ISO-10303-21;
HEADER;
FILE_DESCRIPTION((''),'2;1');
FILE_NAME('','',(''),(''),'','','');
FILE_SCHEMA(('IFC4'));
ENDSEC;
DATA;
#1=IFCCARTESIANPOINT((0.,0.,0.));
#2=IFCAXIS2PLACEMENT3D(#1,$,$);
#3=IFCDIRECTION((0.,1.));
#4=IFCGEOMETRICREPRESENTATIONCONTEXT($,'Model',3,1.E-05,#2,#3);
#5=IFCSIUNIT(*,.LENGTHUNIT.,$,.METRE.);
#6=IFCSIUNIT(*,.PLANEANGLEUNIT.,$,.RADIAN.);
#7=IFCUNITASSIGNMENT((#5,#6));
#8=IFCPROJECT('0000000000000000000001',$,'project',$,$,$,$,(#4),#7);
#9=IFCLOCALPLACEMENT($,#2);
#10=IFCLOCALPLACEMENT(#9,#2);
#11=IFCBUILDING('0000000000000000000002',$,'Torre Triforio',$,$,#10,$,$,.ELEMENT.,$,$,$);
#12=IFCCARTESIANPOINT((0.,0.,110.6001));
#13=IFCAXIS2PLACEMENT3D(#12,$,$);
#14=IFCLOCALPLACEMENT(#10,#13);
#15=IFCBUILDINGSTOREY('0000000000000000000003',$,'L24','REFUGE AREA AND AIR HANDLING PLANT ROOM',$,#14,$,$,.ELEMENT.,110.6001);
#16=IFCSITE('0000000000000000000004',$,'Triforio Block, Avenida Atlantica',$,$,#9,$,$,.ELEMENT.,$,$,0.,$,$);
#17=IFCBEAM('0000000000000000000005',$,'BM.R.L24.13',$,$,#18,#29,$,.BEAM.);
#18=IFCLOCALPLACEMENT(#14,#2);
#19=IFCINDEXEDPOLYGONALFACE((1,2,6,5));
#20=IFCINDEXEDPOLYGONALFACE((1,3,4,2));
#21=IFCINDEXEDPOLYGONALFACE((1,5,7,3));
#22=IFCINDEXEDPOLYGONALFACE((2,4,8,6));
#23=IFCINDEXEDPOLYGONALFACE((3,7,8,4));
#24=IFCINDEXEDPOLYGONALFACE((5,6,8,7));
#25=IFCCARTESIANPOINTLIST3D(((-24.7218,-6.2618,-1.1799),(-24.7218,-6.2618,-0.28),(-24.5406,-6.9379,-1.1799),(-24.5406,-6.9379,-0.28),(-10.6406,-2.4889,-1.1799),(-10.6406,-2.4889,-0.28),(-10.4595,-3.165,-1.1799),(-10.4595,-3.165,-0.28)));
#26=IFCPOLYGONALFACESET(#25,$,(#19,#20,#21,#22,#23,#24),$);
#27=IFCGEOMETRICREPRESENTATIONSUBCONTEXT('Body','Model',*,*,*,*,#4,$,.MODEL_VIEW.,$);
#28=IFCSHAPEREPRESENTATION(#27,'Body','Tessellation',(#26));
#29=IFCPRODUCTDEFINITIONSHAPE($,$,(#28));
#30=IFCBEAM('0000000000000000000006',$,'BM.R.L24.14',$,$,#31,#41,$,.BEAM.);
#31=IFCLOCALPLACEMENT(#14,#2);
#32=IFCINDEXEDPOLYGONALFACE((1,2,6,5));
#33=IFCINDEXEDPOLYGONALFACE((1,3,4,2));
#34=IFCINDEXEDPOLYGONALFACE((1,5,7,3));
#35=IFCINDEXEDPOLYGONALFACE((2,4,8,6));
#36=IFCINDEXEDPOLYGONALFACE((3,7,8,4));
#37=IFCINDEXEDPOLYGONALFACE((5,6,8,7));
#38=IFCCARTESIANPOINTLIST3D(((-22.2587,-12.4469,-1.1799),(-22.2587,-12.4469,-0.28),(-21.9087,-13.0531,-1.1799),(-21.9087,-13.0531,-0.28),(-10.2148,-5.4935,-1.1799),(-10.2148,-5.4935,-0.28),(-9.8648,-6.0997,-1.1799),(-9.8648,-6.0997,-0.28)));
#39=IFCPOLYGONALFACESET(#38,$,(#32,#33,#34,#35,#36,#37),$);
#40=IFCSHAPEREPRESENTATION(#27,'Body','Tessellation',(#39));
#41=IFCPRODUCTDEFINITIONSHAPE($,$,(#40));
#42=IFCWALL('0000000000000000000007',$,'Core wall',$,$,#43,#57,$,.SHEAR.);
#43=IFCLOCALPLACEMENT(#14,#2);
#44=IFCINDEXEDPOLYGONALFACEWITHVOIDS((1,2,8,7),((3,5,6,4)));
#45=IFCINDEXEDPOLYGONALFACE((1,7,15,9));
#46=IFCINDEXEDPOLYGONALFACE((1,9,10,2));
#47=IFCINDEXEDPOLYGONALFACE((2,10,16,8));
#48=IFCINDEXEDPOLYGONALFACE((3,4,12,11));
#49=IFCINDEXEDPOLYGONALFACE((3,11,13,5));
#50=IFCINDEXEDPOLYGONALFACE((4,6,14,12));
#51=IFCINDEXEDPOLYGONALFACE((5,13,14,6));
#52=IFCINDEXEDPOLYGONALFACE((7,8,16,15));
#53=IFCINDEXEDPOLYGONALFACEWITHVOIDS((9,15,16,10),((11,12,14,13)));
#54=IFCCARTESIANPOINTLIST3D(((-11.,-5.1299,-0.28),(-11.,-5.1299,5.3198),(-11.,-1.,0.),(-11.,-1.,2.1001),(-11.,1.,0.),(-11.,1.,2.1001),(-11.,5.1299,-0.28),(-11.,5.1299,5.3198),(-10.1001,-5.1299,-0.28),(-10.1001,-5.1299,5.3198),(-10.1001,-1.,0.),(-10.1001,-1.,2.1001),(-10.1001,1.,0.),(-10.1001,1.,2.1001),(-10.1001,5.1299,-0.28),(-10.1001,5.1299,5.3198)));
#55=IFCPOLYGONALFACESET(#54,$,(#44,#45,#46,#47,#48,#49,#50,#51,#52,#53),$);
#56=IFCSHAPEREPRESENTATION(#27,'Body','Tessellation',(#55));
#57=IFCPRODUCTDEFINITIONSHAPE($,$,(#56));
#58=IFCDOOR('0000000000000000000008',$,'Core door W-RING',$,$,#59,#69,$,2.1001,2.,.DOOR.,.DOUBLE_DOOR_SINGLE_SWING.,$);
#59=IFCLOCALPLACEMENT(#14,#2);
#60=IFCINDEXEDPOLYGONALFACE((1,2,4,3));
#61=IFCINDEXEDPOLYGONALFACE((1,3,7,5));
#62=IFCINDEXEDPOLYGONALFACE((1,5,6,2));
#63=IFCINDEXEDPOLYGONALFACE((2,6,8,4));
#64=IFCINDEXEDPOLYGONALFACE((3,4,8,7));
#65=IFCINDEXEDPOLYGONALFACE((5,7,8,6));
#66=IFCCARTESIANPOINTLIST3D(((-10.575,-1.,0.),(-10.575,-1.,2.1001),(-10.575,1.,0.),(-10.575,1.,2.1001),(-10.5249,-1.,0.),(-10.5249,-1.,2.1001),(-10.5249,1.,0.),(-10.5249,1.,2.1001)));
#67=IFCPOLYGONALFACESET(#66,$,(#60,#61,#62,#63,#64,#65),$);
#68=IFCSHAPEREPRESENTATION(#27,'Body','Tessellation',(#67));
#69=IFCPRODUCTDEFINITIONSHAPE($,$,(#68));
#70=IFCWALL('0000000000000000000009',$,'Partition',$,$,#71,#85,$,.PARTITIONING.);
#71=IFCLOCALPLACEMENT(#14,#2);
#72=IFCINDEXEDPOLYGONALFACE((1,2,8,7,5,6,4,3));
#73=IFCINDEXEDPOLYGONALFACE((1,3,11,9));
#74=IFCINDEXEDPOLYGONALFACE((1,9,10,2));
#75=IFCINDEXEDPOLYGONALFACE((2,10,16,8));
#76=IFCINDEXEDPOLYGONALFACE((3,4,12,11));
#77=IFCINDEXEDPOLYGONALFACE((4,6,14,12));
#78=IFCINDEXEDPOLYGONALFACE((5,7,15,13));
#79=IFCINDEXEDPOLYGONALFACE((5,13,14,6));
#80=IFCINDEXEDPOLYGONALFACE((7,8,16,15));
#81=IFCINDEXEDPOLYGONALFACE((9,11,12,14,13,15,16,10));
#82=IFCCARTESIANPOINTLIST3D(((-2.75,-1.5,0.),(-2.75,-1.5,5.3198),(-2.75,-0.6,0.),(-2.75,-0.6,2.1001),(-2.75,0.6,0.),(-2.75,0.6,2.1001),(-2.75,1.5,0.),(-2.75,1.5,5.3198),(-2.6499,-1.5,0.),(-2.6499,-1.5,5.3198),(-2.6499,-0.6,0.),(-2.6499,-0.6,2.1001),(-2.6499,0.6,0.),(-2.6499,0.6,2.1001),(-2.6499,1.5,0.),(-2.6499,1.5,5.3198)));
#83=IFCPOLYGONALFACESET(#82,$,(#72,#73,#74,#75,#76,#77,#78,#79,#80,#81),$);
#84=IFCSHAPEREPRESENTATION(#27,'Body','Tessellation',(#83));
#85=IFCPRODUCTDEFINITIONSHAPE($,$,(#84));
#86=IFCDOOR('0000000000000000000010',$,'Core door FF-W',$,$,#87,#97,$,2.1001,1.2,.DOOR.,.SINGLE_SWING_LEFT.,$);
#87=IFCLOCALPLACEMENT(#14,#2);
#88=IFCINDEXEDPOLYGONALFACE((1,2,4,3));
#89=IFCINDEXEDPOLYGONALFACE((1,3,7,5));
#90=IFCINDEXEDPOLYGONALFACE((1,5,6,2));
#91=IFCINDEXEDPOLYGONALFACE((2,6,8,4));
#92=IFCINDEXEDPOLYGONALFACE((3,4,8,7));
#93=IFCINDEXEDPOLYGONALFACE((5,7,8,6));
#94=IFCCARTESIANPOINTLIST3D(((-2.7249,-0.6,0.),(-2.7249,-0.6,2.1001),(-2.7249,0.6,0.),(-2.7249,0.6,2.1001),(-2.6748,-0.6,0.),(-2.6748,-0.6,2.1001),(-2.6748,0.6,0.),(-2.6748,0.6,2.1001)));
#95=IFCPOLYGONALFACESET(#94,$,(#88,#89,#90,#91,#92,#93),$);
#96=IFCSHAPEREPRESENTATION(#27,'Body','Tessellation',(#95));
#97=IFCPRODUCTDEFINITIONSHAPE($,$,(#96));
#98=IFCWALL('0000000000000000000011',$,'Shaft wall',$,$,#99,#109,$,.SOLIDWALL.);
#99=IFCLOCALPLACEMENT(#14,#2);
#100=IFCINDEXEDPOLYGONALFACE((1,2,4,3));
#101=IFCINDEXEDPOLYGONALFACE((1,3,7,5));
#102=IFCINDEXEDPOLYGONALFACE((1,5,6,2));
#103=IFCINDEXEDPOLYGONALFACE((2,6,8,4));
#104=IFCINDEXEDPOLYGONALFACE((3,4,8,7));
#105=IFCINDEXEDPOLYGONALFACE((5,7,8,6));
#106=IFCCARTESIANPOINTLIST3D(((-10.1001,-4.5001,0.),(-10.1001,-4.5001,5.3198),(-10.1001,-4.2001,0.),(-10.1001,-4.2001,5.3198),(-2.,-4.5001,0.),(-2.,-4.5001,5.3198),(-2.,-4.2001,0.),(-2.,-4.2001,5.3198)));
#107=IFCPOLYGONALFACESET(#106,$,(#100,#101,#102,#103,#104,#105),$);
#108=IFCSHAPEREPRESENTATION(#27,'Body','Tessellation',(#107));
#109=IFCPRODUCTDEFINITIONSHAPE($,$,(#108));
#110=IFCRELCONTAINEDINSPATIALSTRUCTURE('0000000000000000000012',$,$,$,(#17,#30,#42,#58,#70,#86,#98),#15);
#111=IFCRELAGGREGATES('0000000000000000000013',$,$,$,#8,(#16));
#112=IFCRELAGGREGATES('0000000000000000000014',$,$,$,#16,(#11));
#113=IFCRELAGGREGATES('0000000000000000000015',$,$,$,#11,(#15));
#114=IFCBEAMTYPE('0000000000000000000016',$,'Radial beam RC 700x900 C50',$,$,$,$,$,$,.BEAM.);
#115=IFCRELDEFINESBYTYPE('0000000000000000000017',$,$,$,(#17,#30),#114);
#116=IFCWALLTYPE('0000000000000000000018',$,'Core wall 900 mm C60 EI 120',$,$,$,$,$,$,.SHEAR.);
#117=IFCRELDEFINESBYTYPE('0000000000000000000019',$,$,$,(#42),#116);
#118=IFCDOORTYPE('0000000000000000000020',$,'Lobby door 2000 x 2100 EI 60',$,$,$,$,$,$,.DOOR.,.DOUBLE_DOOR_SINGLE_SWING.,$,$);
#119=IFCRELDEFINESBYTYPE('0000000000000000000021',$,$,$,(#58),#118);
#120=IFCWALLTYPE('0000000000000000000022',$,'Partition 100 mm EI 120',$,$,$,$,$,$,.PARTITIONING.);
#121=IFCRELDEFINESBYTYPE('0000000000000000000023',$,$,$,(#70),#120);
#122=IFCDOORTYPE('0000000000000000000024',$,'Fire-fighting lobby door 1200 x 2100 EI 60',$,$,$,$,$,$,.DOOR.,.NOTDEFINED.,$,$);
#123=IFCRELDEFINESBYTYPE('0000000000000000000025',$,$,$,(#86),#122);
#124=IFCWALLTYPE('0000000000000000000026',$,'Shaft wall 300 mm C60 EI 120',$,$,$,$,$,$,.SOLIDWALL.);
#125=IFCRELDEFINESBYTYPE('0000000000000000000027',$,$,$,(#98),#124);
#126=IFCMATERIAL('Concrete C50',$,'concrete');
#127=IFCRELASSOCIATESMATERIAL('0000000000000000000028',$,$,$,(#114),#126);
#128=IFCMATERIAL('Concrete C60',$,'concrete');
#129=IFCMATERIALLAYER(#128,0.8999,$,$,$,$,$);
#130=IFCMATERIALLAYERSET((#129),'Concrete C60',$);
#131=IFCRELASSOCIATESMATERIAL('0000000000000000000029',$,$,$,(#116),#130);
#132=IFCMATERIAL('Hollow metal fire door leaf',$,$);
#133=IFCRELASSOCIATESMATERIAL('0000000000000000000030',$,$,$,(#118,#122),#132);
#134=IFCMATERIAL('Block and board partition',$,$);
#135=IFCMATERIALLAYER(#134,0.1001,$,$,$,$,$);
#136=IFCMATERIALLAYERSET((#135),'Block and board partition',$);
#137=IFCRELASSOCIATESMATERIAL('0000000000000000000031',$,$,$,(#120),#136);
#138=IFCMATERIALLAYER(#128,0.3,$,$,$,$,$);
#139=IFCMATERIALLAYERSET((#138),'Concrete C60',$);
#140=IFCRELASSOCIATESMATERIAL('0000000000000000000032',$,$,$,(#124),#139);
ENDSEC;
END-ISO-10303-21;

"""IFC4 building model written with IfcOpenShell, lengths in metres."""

from ifc_helpers import new_model, si_unit, direction, frame, frame_2d, origin, origin_2d, place, context, subcontext, project, spatial, rectangle, extrude, material, layer, layer_set, material_profile, profile_set, type_object, element, fill, save


model = new_model("IFC4")

# Units and contexts
model_context = context("Model", 3, precision=1e-05, world=origin(), true_north=direction((0.0, 1.0)))
body_context = subcontext(model_context, "Body", "Model", "MODEL_VIEW")
ifc_project = project(units=[si_unit("LENGTHUNIT", "METRE"), si_unit("PLANEANGLEUNIT", "RADIAN")], contexts=[model_context])

# Site, building, storey
site_placement = place(None, origin())
site = spatial("IfcSite", under=ifc_project, at=site_placement, Name="Triforio Block, Avenida Atlantica", CompositionType="ELEMENT", RefElevation=0.0)
building_placement = place(site_placement, origin())
building = spatial("IfcBuilding", under=site, at=building_placement, Name="Torre Triforio", CompositionType="ELEMENT")
storey_placement = place(building_placement, frame((0.0, 0.0, 110.6001)))
storey = spatial("IfcBuildingStorey", under=building, at=storey_placement, Name="L24", Description="REFUGE AREA AND AIR HANDLING PLANT ROOM", CompositionType="ELEMENT", Elevation=110.6001)

# Beams
ifc_material_1 = material(Name="Concrete C50", Category="concrete")
ifc_material_profile = material_profile(ifc_material_1, rectangle(XDim=0.7, YDim=0.8999, at=origin_2d()), Name="RC 700x900")
ifc_profile_set = profile_set([ifc_material_profile], Name="Concrete C50")
beam_type = type_object("IfcBeamType", Name="Radial beam RC 700x900 C50", PredefinedType="BEAM", material=ifc_profile_set)
beam_1_placement = place(storey_placement, frame((-10.55, -2.8269, -0.73), z_axis=(-0.965927, -0.258815, 0.0), x_axis=(0.258815, -0.965927, 0.0)))
element("IfcBeam", 1, at=beam_1_placement, inside=storey, type_object=beam_type, Name="BM.R.L24.13", PredefinedType="BEAM", context=body_context, shape_type="SweptSolid", body=[
    extrude(rectangle(XDim=0.7, YDim=0.8999, at=origin_2d()), origin(), (0.0, 0.0, 1.0), 14.5779),
])
beam_2_placement = place(storey_placement, frame((-10.0398, -5.7966, -0.73), z_axis=(-0.866032, -0.499989, 0.0), x_axis=(0.499989, -0.866032, 0.0)))
element("IfcBeam", 2, at=beam_2_placement, inside=storey, type_object=beam_type, Name="BM.R.L24.14", PredefinedType="BEAM", context=body_context, shape_type="SweptSolid", body=[
    extrude(rectangle(XDim=0.7, YDim=0.8999, at=origin_2d()), origin(), (0.0, 0.0, 1.0), 13.907),
])

# Walls, openings, doors
ifc_material_2 = material(Name="Concrete C60", Category="concrete")
ifc_layer_1 = layer(ifc_material_2, 0.8999)
ifc_layer_set_1 = layer_set([ifc_layer_1], Name="Concrete C60")
wall_type_1 = type_object("IfcWallType", Name="Core wall 900 mm C60 EI 120", PredefinedType="SHEAR", material=ifc_layer_set_1)
wall_1_placement = place(storey_placement, frame((-10.55, -5.1299, -0.28), z_axis=(0.0, 0.0, 1.0), x_axis=(0.0, 1.0, 0.0)))
wall_1 = element("IfcWall", 3, at=wall_1_placement, inside=storey, type_object=wall_type_1, Name="Core wall", PredefinedType="SHEAR", context=body_context, shape_type="SweptSolid", body=[
    extrude(rectangle(XDim=10.2598, YDim=0.8999, at=frame_2d((5.1299, 0.0))), origin(), (0.0, 0.0, 1.0), 5.5999),
])
opening_1_placement = place(wall_1_placement, frame((4.1299, 0.0, 0.28)))
opening_1 = element("IfcOpeningElement", 4, at=opening_1_placement, cuts=wall_1, PredefinedType="OPENING", context=body_context, shape_type="SweptSolid", body=[
    extrude(rectangle(XDim=2.0, YDim=2.1001, at=frame_2d((1.0, 1.05))), frame((0.0, 0.46, 0.0), z_axis=(0.0, -1.0, 0.0), x_axis=(1.0, 0.0, 0.0)), (0.0, 0.0, 1.0), 0.9199),
])
ifc_material_3 = material(Name="Hollow metal fire door leaf")
door_type_1 = type_object("IfcDoorType", Name="Lobby door 2000 x 2100 EI 60", OperationType="DOUBLE_DOOR_SINGLE_SWING", PredefinedType="DOOR", material=ifc_material_3)
door_1_placement = place(opening_1_placement, origin())
door_1 = element("IfcDoor", 5, at=door_1_placement, inside=storey, type_object=door_type_1, Name="Core door W-RING", OperationType="DOUBLE_DOOR_SINGLE_SWING", OverallHeight=2.1001, OverallWidth=2.0, PredefinedType="DOOR", context=body_context, shape_type="SweptSolid", body=[
    extrude(rectangle(XDim=2.0, YDim=2.1001, at=frame_2d((1.0, 1.05))), frame((0.0, 0.0249, 0.0), z_axis=(0.0, -1.0, 0.0), x_axis=(1.0, 0.0, 0.0)), (0.0, 0.0, 1.0), 0.05),
])
fill(opening_1, door_1)
ifc_material_4 = material(Name="Block and board partition")
ifc_layer_2 = layer(ifc_material_4, 0.1001)
ifc_layer_set_2 = layer_set([ifc_layer_2], Name="Block and board partition")
wall_type_2 = type_object("IfcWallType", Name="Partition 100 mm EI 120", PredefinedType="PARTITIONING", material=ifc_layer_set_2)
wall_2_placement = place(storey_placement, frame((-2.7, -1.5, 0.0), z_axis=(0.0, 0.0, 1.0), x_axis=(0.0, 1.0, 0.0)))
wall_2 = element("IfcWall", 6, at=wall_2_placement, inside=storey, type_object=wall_type_2, Name="Partition", PredefinedType="PARTITIONING", context=body_context, shape_type="SweptSolid", body=[
    extrude(rectangle(XDim=3.0, YDim=0.1001, at=frame_2d((1.5, 0.0))), origin(), (0.0, 0.0, 1.0), 5.3198),
])
opening_2_placement = place(wall_2_placement, frame((0.8999, 0.0, 0.0)))
opening_2 = element("IfcOpeningElement", 7, at=opening_2_placement, cuts=wall_2, PredefinedType="OPENING", context=body_context, shape_type="SweptSolid", body=[
    extrude(rectangle(XDim=1.2, YDim=2.1001, at=frame_2d((0.6001, 1.05))), frame((0.0, 0.0601, 0.0), z_axis=(0.0, -1.0, 0.0), x_axis=(1.0, 0.0, 0.0)), (0.0, 0.0, 1.0), 0.1201),
])
door_type_2 = type_object("IfcDoorType", Name="Fire-fighting lobby door 1200 x 2100 EI 60", OperationType="NOTDEFINED", PredefinedType="DOOR", material=ifc_material_3)
door_2_placement = place(opening_2_placement, origin())
door_2 = element("IfcDoor", 8, at=door_2_placement, inside=storey, type_object=door_type_2, Name="Core door FF-W", OperationType="SINGLE_SWING_LEFT", OverallHeight=2.1001, OverallWidth=1.2, PredefinedType="DOOR", context=body_context, shape_type="SweptSolid", body=[
    extrude(rectangle(XDim=1.2, YDim=2.1001, at=frame_2d((0.6001, 1.05))), frame((0.0, 0.0249, 0.0), z_axis=(0.0, -1.0, 0.0), x_axis=(1.0, 0.0, 0.0)), (0.0, 0.0, 1.0), 0.05),
])
fill(opening_2, door_2)

# Wall
ifc_layer_3 = layer(ifc_material_2, 0.3)
ifc_layer_set_3 = layer_set([ifc_layer_3], Name="Concrete C60")
wall_type_3 = type_object("IfcWallType", Name="Shaft wall 300 mm C60 EI 120", PredefinedType="SOLIDWALL", material=ifc_layer_set_3)
wall_3_placement = place(storey_placement, frame((-10.1001, -4.3501, 0.0), z_axis=(0.0, 0.0, 1.0), x_axis=(1.0, 0.0, 0.0)))
element("IfcWall", 9, at=wall_3_placement, inside=storey, type_object=wall_type_3, Name="Shaft wall", PredefinedType="SOLIDWALL", context=body_context, shape_type="SweptSolid", body=[
    extrude(rectangle(XDim=8.1001, YDim=0.3, at=frame_2d((4.05, 0.0))), origin(), (0.0, 0.0, 1.0), 5.3198),
])

save(model, "model.ifc")
